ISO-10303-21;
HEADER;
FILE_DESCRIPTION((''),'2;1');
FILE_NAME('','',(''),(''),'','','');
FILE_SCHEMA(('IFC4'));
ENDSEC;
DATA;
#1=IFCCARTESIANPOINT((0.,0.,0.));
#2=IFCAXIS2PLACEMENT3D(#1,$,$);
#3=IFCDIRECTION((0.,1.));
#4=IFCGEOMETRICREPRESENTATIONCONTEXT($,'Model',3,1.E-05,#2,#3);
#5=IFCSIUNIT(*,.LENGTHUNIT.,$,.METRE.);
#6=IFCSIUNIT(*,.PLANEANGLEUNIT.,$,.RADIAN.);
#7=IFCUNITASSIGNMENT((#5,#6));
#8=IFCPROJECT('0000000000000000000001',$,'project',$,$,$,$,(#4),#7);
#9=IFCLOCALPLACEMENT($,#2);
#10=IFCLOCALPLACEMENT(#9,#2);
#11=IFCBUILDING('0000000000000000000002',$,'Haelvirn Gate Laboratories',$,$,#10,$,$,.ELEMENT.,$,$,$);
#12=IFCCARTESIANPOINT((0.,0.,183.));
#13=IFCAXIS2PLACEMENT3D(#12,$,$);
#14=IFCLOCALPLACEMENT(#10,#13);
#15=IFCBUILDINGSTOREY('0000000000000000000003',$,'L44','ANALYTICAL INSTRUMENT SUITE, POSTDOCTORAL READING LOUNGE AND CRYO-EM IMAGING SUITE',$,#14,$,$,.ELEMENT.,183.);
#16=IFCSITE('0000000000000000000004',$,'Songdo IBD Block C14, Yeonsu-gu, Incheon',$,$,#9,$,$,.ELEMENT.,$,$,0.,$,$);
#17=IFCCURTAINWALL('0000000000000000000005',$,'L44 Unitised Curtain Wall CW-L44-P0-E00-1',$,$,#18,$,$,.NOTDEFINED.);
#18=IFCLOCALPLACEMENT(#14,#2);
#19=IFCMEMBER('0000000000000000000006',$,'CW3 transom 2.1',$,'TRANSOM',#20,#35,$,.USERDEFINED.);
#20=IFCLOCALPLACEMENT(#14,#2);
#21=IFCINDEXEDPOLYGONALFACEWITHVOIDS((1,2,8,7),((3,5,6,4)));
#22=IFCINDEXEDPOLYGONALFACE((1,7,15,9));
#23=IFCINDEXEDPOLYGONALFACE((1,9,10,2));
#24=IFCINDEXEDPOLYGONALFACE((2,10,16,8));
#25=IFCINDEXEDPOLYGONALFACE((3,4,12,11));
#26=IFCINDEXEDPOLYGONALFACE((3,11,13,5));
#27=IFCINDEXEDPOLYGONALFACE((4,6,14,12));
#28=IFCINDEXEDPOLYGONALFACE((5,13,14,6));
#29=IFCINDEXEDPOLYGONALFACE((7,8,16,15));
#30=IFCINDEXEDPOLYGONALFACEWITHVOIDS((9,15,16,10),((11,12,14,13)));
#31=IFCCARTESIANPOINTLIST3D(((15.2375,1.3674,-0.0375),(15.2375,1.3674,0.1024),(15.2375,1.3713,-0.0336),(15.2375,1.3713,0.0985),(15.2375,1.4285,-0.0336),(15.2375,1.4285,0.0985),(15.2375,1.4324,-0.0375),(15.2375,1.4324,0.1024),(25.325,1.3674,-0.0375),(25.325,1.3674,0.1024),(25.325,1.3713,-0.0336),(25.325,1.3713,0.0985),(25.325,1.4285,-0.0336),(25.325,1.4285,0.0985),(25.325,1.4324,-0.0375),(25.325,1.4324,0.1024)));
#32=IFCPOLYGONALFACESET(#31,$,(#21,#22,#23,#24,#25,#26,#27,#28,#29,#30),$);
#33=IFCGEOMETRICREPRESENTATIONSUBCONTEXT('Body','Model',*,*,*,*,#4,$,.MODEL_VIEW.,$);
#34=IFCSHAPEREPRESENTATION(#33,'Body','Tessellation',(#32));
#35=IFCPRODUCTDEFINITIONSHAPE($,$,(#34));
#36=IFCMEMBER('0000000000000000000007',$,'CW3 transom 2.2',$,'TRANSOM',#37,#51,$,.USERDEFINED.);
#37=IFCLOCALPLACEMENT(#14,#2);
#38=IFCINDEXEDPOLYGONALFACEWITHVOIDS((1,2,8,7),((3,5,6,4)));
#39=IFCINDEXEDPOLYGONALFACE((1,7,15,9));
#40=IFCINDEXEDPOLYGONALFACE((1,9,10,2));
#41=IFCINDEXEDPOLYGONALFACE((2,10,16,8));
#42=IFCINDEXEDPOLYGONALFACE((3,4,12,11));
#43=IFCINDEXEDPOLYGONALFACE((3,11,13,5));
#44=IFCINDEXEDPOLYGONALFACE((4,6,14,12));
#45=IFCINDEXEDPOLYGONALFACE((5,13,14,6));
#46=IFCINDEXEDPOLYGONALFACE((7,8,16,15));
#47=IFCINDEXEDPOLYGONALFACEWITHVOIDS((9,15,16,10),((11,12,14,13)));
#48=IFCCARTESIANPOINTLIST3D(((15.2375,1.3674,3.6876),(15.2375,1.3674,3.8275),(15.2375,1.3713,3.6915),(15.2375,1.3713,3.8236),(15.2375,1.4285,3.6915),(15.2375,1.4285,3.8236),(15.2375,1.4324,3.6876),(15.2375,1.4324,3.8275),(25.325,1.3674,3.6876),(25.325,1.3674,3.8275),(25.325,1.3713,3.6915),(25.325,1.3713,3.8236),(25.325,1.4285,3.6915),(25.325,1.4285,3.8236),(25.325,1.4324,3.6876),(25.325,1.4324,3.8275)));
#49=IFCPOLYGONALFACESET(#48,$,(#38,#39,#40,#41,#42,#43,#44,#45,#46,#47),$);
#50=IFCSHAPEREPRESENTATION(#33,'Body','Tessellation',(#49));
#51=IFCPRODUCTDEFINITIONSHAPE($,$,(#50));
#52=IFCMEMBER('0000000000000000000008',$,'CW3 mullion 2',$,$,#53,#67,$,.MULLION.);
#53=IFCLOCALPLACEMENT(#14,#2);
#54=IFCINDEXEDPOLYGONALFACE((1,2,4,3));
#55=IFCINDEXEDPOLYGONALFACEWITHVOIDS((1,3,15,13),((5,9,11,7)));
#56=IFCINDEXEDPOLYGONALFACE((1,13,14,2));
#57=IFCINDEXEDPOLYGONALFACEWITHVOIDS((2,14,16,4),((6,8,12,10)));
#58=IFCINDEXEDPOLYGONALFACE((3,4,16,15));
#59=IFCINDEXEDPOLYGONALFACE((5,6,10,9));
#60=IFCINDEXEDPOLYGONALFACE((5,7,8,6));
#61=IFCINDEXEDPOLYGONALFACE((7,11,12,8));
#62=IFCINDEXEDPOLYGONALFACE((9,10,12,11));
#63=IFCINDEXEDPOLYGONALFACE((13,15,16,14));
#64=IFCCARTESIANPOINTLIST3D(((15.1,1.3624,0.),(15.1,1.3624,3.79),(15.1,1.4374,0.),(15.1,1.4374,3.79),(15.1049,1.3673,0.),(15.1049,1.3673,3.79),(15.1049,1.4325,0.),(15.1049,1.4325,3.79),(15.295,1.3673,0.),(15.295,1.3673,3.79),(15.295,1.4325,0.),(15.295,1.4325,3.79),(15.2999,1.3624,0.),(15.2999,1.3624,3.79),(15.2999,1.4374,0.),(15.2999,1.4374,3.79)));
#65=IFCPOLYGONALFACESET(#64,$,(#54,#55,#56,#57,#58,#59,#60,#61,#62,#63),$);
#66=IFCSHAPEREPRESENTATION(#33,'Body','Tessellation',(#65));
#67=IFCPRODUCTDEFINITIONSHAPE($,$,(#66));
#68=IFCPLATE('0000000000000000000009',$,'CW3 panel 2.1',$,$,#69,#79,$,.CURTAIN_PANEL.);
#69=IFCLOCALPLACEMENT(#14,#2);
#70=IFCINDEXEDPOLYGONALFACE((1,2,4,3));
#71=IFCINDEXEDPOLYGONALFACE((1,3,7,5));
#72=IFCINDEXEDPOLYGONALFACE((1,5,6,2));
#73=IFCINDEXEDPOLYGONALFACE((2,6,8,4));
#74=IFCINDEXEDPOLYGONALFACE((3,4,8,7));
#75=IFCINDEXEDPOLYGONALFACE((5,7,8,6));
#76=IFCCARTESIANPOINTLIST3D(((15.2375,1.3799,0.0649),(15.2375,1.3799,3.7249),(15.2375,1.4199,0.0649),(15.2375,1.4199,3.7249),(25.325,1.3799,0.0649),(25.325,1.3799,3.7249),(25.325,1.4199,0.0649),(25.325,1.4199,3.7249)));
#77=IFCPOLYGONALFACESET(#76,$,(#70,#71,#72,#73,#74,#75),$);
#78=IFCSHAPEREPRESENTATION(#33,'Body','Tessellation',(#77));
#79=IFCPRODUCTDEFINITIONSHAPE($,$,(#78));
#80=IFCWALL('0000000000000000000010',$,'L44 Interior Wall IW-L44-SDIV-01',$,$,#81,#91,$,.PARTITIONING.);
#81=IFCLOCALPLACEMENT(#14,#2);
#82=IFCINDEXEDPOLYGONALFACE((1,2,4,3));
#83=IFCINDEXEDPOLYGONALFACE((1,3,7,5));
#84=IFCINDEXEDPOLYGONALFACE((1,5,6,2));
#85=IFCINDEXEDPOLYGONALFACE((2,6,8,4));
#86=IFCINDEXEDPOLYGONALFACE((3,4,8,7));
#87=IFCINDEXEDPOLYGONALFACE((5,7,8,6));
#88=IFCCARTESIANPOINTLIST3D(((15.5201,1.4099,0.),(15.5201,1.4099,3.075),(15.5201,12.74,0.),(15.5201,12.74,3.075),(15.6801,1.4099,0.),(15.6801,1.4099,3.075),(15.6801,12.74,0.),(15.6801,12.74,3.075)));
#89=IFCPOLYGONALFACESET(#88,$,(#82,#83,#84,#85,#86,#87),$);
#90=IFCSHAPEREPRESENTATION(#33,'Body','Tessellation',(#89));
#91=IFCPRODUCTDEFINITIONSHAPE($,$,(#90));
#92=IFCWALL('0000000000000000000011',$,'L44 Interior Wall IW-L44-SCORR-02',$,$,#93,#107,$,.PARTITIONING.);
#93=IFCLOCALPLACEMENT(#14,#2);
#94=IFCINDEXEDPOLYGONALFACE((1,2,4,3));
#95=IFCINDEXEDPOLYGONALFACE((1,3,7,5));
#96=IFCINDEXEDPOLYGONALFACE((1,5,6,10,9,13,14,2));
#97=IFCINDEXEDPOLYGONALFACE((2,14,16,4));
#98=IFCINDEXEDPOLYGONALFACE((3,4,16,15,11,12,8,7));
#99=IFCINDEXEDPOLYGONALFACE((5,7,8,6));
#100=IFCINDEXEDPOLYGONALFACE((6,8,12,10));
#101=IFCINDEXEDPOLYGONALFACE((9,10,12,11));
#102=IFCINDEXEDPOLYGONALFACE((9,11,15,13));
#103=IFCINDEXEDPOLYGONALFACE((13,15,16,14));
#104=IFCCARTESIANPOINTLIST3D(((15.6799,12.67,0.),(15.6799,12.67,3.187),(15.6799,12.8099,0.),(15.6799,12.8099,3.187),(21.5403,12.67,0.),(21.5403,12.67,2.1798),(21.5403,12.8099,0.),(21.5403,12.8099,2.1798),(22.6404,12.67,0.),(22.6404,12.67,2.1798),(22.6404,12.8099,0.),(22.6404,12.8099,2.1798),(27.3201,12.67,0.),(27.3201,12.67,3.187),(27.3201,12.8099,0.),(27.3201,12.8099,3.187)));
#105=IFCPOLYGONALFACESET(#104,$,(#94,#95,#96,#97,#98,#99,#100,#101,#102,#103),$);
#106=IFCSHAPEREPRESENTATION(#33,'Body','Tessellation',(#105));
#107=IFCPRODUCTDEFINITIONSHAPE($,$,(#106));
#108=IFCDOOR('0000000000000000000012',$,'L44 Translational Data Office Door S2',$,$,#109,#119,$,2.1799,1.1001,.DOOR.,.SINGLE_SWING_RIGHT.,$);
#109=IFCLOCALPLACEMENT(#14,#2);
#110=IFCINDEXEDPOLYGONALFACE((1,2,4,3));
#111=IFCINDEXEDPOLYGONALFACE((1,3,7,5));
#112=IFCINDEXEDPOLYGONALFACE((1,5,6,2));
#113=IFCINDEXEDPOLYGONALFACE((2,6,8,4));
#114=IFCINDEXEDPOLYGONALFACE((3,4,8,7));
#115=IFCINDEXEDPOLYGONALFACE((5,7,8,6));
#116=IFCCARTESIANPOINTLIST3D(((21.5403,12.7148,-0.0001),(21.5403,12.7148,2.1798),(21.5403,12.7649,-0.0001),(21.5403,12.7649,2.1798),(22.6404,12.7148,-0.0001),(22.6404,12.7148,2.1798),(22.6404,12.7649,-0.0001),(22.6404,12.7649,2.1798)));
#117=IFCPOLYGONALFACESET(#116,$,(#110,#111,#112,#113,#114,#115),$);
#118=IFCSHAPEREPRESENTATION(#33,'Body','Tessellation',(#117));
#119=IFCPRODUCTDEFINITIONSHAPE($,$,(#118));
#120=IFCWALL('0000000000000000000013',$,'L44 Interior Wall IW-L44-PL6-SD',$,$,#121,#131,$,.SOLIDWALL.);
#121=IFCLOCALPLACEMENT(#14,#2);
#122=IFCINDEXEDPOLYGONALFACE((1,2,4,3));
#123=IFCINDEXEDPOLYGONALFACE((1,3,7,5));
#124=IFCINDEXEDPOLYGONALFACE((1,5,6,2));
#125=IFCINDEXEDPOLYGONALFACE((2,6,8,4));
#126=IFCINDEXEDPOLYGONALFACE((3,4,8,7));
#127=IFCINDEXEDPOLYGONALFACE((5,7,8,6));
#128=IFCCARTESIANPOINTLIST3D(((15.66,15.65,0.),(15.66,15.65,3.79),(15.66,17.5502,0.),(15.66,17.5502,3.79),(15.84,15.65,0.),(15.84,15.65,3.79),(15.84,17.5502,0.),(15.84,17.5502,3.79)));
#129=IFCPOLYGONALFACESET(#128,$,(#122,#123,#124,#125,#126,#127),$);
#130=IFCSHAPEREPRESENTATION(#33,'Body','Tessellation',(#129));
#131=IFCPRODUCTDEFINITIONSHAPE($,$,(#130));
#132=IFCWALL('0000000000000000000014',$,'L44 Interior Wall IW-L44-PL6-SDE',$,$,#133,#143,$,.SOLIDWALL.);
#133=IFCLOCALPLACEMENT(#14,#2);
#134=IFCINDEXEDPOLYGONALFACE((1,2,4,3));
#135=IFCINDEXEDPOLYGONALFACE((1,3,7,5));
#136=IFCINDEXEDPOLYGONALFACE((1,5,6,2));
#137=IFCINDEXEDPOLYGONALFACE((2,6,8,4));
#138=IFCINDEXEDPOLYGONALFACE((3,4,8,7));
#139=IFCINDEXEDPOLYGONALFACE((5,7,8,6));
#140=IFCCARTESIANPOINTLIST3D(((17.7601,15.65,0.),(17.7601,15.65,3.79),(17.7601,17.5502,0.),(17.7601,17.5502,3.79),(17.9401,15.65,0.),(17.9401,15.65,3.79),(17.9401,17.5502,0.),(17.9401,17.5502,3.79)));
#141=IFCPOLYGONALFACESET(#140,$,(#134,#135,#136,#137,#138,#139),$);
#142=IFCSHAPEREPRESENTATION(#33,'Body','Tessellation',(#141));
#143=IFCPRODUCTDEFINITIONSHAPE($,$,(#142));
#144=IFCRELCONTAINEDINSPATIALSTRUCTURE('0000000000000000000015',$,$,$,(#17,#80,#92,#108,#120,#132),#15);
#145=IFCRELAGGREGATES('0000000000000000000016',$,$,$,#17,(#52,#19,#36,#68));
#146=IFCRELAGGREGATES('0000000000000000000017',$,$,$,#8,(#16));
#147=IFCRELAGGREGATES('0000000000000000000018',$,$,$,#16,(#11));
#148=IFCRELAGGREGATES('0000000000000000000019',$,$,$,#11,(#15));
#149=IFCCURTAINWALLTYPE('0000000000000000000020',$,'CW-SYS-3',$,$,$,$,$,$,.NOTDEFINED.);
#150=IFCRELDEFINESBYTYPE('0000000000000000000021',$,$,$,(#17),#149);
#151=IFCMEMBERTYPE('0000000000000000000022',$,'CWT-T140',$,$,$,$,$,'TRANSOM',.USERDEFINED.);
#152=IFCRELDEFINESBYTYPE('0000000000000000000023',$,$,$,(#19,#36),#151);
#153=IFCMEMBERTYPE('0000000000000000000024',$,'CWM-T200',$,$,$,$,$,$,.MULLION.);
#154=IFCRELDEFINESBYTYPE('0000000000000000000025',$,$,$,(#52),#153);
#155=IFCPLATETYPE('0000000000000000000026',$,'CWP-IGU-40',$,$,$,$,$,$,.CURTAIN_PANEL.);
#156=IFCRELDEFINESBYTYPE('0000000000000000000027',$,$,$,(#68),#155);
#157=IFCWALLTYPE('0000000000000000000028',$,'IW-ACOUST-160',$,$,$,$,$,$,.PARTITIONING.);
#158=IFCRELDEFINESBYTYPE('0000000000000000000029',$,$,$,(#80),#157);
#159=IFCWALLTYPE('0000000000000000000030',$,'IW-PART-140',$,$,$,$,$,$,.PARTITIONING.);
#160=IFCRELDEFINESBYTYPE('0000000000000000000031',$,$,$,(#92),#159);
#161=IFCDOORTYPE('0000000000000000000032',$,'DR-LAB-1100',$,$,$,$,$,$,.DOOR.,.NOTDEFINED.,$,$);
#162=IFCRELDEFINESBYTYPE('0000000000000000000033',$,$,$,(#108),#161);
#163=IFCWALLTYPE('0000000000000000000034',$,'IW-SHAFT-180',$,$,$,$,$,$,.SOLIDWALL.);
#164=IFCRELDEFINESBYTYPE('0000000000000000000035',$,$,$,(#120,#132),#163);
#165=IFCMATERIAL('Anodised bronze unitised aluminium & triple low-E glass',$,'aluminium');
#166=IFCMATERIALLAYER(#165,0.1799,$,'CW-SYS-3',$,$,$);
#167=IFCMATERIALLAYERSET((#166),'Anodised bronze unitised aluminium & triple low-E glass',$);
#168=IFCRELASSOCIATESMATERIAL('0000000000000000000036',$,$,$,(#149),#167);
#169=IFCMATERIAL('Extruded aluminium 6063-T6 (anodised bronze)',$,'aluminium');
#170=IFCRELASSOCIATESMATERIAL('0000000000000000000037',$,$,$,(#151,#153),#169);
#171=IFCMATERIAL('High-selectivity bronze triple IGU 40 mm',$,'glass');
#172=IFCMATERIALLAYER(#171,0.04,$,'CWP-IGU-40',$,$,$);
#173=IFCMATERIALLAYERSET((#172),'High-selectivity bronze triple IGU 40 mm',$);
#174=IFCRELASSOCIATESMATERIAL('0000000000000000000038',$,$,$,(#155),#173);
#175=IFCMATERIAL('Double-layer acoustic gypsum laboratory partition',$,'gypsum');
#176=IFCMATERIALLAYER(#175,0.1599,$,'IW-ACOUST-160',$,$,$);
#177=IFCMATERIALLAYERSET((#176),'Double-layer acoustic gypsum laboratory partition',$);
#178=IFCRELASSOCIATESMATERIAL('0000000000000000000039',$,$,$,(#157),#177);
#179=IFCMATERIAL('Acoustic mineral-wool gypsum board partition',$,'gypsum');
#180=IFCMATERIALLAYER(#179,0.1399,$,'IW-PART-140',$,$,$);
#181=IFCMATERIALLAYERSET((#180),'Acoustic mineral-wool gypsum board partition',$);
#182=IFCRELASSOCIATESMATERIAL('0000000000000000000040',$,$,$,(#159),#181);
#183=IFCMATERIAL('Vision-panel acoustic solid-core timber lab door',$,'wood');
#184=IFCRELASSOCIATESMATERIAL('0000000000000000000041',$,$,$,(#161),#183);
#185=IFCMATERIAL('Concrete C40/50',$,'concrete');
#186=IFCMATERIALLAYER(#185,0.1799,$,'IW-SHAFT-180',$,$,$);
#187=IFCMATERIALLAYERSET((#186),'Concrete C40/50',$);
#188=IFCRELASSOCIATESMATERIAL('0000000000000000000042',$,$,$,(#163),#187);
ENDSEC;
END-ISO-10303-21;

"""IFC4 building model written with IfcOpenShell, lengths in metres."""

from ifc_helpers import new_model, si_unit, direction, frame, frame_2d, origin, origin_2d, place, context, subcontext, project, spatial, rectangle, hollow_rectangle, extrude, source, transform, mapped, material, layer, layer_set, material_profile, profile_set, type_object, type_shapes, element, fill, aggregate, save


model = new_model("IFC4")

# Units and contexts
model_context = context("Model", 3, precision=1e-05, world=origin(), true_north=direction((0.0, 1.0)))
body_context = subcontext(model_context, "Body", "Model", "MODEL_VIEW")
ifc_project = project(units=[si_unit("LENGTHUNIT", "METRE"), si_unit("PLANEANGLEUNIT", "RADIAN")], contexts=[model_context])

# Site, building, storey
site_placement = place(None, origin())
site = spatial("IfcSite", under=ifc_project, at=site_placement, Name="Songdo IBD Block C14, Yeonsu-gu, Incheon", CompositionType="ELEMENT", RefElevation=0.0)
building_placement = place(site_placement, origin())
building = spatial("IfcBuilding", under=site, at=building_placement, Name="Haelvirn Gate Laboratories", CompositionType="ELEMENT")
storey_placement = place(building_placement, frame((0.0, 0.0, 183.0)))
storey = spatial("IfcBuildingStorey", under=building, at=storey_placement, Name="L44", Description="ANALYTICAL INSTRUMENT SUITE, POSTDOCTORAL READING LOUNGE AND CRYO-EM IMAGING SUITE", CompositionType="ELEMENT", Elevation=183.0)

# Curtain wall, members, plate
ifc_material_1 = material(Name="Anodised bronze unitised aluminium & triple low-E glass", Category="aluminium")
ifc_layer_1 = layer(ifc_material_1, 0.1799, Name="CW-SYS-3")
ifc_layer_set_1 = layer_set([ifc_layer_1], Name="Anodised bronze unitised aluminium & triple low-E glass")
curtain_wall_type = type_object("IfcCurtainWallType", Name="CW-SYS-3", PredefinedType="NOTDEFINED", material=ifc_layer_set_1)
curtain_wall_placement = place(storey_placement, origin())
curtain_wall = element("IfcCurtainWall", 1, at=curtain_wall_placement, inside=storey, type_object=curtain_wall_type, Name="L44 Unitised Curtain Wall CW-L44-P0-E00-1", PredefinedType="NOTDEFINED")
ifc_material_2 = material(Name="Extruded aluminium 6063-T6 (anodised bronze)", Category="aluminium")
ifc_material_profile_1 = material_profile(ifc_material_2, hollow_rectangle(XDim=0.0649, YDim=0.1399, WallThickness=0.0039, at=origin_2d()), Name="CWT-140x65x4")
ifc_profile_set_1 = profile_set([ifc_material_profile_1], Name="Extruded aluminium 6063-T6 (anodised bronze)")
member_type_1 = type_object("IfcMemberType", Name="CWT-T140", ElementType="TRANSOM", PredefinedType="USERDEFINED", material=ifc_profile_set_1)
shared_shape_1 = source(origin(), body_context, "Body", "SweptSolid", [
    extrude(hollow_rectangle(XDim=0.0649, YDim=0.1399, WallThickness=0.0039, at=origin_2d()), origin(), (0.0, 0.0, 1.0), 10.0874),
])
type_shapes(member_type_1, [shared_shape_1])
member_1_placement = place(storey_placement, frame((15.2375, 1.3999, 0.0325), z_axis=(1.0, 0.0, 0.0), x_axis=(0.0, 1.0, 0.0)))
member_1 = element("IfcMember", 2, at=member_1_placement, type_object=member_type_1, Name="CW3 transom 2.1", ObjectType="TRANSOM", PredefinedType="USERDEFINED", context=body_context, shape_type="MappedRepresentation", body=[
    mapped(shared_shape_1, transform((0.0, 0.0, 0.0), scale=1.0)),
])
member_2_placement = place(storey_placement, frame((15.2375, 1.3999, 3.7576), z_axis=(1.0, 0.0, 0.0), x_axis=(0.0, 1.0, 0.0)))
member_2 = element("IfcMember", 3, at=member_2_placement, type_object=member_type_1, Name="CW3 transom 2.2", ObjectType="TRANSOM", PredefinedType="USERDEFINED", context=body_context, shape_type="MappedRepresentation", body=[
    mapped(shared_shape_1, transform((0.0, 0.0, 0.0), scale=1.0)),
])
ifc_material_profile_2 = material_profile(ifc_material_2, hollow_rectangle(XDim=0.075, YDim=0.2, WallThickness=0.0049, at=origin_2d()), Name="CWM-200x75x5")
ifc_profile_set_2 = profile_set([ifc_material_profile_2], Name="Extruded aluminium 6063-T6 (anodised bronze)")
member_type_2 = type_object("IfcMemberType", Name="CWM-T200", PredefinedType="MULLION", material=ifc_profile_set_2)
shared_shape_2 = source(origin(), body_context, "Body", "SweptSolid", [
    extrude(hollow_rectangle(XDim=0.075, YDim=0.2, WallThickness=0.0049, at=origin_2d()), origin(), (0.0, 0.0, 1.0), 3.79),
])
type_shapes(member_type_2, [shared_shape_2])
member_3_placement = place(storey_placement, frame((15.2, 1.3999, 0.0), z_axis=(0.0, 0.0, 1.0), x_axis=(0.0, 1.0, 0.0)))
member_3 = element("IfcMember", 4, at=member_3_placement, type_object=member_type_2, Name="CW3 mullion 2", PredefinedType="MULLION", context=body_context, shape_type="MappedRepresentation", body=[
    mapped(shared_shape_2, transform((0.0, 0.0, 0.0), scale=1.0)),
])
ifc_material_3 = material(Name="High-selectivity bronze triple IGU 40 mm", Category="glass")
ifc_layer_2 = layer(ifc_material_3, 0.04, Name="CWP-IGU-40")
ifc_layer_set_2 = layer_set([ifc_layer_2], Name="High-selectivity bronze triple IGU 40 mm")
plate_type = type_object("IfcPlateType", Name="CWP-IGU-40", PredefinedType="CURTAIN_PANEL", material=ifc_layer_set_2)
shared_shape_3 = source(origin(), body_context, "Body", "SweptSolid", [
    extrude(rectangle(XDim=10.0874, YDim=0.04, at=origin_2d()), origin(), (0.0, 0.0, 1.0), 3.6599),
])
type_shapes(plate_type, [shared_shape_3])
plate_placement = place(storey_placement, frame((20.2812, 1.3999, 0.0649), z_axis=(0.0, 0.0, 1.0), x_axis=(1.0, 0.0, 0.0)))
plate = element("IfcPlate", 5, at=plate_placement, type_object=plate_type, Name="CW3 panel 2.1", PredefinedType="CURTAIN_PANEL", context=body_context, shape_type="MappedRepresentation", body=[
    mapped(shared_shape_3, transform((0.0, 0.0, 0.0), scale=1.0)),
])
aggregate(curtain_wall, [member_3, member_1, member_2, plate])

# Wall
ifc_material_4 = material(Name="Double-layer acoustic gypsum laboratory partition", Category="gypsum")
ifc_layer_3 = layer(ifc_material_4, 0.1599, Name="IW-ACOUST-160")
ifc_layer_set_3 = layer_set([ifc_layer_3], Name="Double-layer acoustic gypsum laboratory partition")
wall_type_1 = type_object("IfcWallType", Name="IW-ACOUST-160", PredefinedType="PARTITIONING", material=ifc_layer_set_3)
wall_1_placement = place(storey_placement, frame((15.6001, 1.4099, 0.0), z_axis=(0.0, 0.0, 1.0), x_axis=(0.0, 1.0, 0.0)))
element("IfcWall", 6, at=wall_1_placement, inside=storey, type_object=wall_type_1, Name="L44 Interior Wall IW-L44-SDIV-01", PredefinedType="PARTITIONING", context=body_context, shape_type="SweptSolid", body=[
    extrude(rectangle(XDim=11.3301, YDim=0.1599, at=frame_2d((5.665, 0.0))), origin(), (0.0, 0.0, 1.0), 3.075),
])

# Wall, opening, door
ifc_material_5 = material(Name="Acoustic mineral-wool gypsum board partition", Category="gypsum")
ifc_layer_4 = layer(ifc_material_5, 0.1399, Name="IW-PART-140")
ifc_layer_set_4 = layer_set([ifc_layer_4], Name="Acoustic mineral-wool gypsum board partition")
wall_type_2 = type_object("IfcWallType", Name="IW-PART-140", PredefinedType="PARTITIONING", material=ifc_layer_set_4)
wall_2_placement = place(storey_placement, frame((15.6799, 12.74, 0.0), z_axis=(0.0, 0.0, 1.0), x_axis=(1.0, 0.0, 0.0)))
wall_2 = element("IfcWall", 7, at=wall_2_placement, inside=storey, type_object=wall_type_2, Name="L44 Interior Wall IW-L44-SCORR-02", PredefinedType="PARTITIONING", context=body_context, shape_type="SweptSolid", body=[
    extrude(rectangle(XDim=11.6401, YDim=0.1399, at=frame_2d((5.8201, 0.0))), origin(), (0.0, 0.0, 1.0), 3.187),
])
opening_1_placement = place(wall_2_placement, frame((5.8604, 0.0, 0.0)))
opening_1 = element("IfcOpeningElement", 8, at=opening_1_placement, cuts=wall_2, PredefinedType="OPENING", context=body_context, shape_type="SweptSolid", body=[
    extrude(rectangle(XDim=1.1001, YDim=2.1799, at=frame_2d((0.55, 1.0898))), frame((0.0, 0.0801, 0.0), z_axis=(0.0, -1.0, 0.0), x_axis=(1.0, 0.0, 0.0)), (0.0, 0.0, 1.0), 0.1599),
])
ifc_material_6 = material(Name="Vision-panel acoustic solid-core timber lab door", Category="wood")
door_type_1 = type_object("IfcDoorType", Name="DR-LAB-1100", OperationType="NOTDEFINED", PredefinedType="DOOR", material=ifc_material_6)
shared_shape_4 = source(origin(), body_context, "Body", "SweptSolid", [
    extrude(rectangle(XDim=1.1001, YDim=2.1799, at=frame_2d((0.55, 1.0898))), frame((0.0, 0.0249, 0.0), z_axis=(0.0, -1.0, 0.0), x_axis=(1.0, 0.0, 0.0)), (0.0, 0.0, 1.0), 0.05),
])
type_shapes(door_type_1, [shared_shape_4])
door_1_placement = place(opening_1_placement, origin())
door_1 = element("IfcDoor", 9, at=door_1_placement, inside=storey, type_object=door_type_1, Name="L44 Translational Data Office Door S2", OperationType="SINGLE_SWING_RIGHT", OverallHeight=2.1799, OverallWidth=1.1001, PredefinedType="DOOR", context=body_context, shape_type="MappedRepresentation", body=[
    mapped(shared_shape_4, transform((0.0, 0.0, 0.0), scale=1.0)),
])
fill(opening_1, door_1)

# Walls
ifc_material_7 = material(Name="Concrete C40/50", Category="concrete")
ifc_layer_5 = layer(ifc_material_7, 0.1799, Name="IW-SHAFT-180")
ifc_layer_set_5 = layer_set([ifc_layer_5], Name="Concrete C40/50")
wall_type_3 = type_object("IfcWallType", Name="IW-SHAFT-180", PredefinedType="SOLIDWALL", material=ifc_layer_set_5)
for number, where, z_axis, x_axis, name in (
    (10, (15.75, 15.6499, 0.0), (0.0, 0.0, 1.0), (0.0, 1.0, 0.0), "L44 Interior Wall IW-L44-PL6-SD"),
    (11, (17.8501, 15.6499, 0.0), (0.0, 0.0, 1.0), (0.0, 1.0, 0.0), "L44 Interior Wall IW-L44-PL6-SDE"),
):
    element("IfcWall", number, at=place(storey_placement, frame(where, z_axis=z_axis, x_axis=x_axis)), inside=storey, type_object=wall_type_3, Name=name, PredefinedType="SOLIDWALL", context=body_context, shape_type="SweptSolid", body=[
        extrude(rectangle(XDim=1.9001, YDim=0.1799, at=frame_2d((0.9502, 0.0))), origin(), (0.0, 0.0, 1.0), 3.79),
    ])

save(model, "model.ifc")
